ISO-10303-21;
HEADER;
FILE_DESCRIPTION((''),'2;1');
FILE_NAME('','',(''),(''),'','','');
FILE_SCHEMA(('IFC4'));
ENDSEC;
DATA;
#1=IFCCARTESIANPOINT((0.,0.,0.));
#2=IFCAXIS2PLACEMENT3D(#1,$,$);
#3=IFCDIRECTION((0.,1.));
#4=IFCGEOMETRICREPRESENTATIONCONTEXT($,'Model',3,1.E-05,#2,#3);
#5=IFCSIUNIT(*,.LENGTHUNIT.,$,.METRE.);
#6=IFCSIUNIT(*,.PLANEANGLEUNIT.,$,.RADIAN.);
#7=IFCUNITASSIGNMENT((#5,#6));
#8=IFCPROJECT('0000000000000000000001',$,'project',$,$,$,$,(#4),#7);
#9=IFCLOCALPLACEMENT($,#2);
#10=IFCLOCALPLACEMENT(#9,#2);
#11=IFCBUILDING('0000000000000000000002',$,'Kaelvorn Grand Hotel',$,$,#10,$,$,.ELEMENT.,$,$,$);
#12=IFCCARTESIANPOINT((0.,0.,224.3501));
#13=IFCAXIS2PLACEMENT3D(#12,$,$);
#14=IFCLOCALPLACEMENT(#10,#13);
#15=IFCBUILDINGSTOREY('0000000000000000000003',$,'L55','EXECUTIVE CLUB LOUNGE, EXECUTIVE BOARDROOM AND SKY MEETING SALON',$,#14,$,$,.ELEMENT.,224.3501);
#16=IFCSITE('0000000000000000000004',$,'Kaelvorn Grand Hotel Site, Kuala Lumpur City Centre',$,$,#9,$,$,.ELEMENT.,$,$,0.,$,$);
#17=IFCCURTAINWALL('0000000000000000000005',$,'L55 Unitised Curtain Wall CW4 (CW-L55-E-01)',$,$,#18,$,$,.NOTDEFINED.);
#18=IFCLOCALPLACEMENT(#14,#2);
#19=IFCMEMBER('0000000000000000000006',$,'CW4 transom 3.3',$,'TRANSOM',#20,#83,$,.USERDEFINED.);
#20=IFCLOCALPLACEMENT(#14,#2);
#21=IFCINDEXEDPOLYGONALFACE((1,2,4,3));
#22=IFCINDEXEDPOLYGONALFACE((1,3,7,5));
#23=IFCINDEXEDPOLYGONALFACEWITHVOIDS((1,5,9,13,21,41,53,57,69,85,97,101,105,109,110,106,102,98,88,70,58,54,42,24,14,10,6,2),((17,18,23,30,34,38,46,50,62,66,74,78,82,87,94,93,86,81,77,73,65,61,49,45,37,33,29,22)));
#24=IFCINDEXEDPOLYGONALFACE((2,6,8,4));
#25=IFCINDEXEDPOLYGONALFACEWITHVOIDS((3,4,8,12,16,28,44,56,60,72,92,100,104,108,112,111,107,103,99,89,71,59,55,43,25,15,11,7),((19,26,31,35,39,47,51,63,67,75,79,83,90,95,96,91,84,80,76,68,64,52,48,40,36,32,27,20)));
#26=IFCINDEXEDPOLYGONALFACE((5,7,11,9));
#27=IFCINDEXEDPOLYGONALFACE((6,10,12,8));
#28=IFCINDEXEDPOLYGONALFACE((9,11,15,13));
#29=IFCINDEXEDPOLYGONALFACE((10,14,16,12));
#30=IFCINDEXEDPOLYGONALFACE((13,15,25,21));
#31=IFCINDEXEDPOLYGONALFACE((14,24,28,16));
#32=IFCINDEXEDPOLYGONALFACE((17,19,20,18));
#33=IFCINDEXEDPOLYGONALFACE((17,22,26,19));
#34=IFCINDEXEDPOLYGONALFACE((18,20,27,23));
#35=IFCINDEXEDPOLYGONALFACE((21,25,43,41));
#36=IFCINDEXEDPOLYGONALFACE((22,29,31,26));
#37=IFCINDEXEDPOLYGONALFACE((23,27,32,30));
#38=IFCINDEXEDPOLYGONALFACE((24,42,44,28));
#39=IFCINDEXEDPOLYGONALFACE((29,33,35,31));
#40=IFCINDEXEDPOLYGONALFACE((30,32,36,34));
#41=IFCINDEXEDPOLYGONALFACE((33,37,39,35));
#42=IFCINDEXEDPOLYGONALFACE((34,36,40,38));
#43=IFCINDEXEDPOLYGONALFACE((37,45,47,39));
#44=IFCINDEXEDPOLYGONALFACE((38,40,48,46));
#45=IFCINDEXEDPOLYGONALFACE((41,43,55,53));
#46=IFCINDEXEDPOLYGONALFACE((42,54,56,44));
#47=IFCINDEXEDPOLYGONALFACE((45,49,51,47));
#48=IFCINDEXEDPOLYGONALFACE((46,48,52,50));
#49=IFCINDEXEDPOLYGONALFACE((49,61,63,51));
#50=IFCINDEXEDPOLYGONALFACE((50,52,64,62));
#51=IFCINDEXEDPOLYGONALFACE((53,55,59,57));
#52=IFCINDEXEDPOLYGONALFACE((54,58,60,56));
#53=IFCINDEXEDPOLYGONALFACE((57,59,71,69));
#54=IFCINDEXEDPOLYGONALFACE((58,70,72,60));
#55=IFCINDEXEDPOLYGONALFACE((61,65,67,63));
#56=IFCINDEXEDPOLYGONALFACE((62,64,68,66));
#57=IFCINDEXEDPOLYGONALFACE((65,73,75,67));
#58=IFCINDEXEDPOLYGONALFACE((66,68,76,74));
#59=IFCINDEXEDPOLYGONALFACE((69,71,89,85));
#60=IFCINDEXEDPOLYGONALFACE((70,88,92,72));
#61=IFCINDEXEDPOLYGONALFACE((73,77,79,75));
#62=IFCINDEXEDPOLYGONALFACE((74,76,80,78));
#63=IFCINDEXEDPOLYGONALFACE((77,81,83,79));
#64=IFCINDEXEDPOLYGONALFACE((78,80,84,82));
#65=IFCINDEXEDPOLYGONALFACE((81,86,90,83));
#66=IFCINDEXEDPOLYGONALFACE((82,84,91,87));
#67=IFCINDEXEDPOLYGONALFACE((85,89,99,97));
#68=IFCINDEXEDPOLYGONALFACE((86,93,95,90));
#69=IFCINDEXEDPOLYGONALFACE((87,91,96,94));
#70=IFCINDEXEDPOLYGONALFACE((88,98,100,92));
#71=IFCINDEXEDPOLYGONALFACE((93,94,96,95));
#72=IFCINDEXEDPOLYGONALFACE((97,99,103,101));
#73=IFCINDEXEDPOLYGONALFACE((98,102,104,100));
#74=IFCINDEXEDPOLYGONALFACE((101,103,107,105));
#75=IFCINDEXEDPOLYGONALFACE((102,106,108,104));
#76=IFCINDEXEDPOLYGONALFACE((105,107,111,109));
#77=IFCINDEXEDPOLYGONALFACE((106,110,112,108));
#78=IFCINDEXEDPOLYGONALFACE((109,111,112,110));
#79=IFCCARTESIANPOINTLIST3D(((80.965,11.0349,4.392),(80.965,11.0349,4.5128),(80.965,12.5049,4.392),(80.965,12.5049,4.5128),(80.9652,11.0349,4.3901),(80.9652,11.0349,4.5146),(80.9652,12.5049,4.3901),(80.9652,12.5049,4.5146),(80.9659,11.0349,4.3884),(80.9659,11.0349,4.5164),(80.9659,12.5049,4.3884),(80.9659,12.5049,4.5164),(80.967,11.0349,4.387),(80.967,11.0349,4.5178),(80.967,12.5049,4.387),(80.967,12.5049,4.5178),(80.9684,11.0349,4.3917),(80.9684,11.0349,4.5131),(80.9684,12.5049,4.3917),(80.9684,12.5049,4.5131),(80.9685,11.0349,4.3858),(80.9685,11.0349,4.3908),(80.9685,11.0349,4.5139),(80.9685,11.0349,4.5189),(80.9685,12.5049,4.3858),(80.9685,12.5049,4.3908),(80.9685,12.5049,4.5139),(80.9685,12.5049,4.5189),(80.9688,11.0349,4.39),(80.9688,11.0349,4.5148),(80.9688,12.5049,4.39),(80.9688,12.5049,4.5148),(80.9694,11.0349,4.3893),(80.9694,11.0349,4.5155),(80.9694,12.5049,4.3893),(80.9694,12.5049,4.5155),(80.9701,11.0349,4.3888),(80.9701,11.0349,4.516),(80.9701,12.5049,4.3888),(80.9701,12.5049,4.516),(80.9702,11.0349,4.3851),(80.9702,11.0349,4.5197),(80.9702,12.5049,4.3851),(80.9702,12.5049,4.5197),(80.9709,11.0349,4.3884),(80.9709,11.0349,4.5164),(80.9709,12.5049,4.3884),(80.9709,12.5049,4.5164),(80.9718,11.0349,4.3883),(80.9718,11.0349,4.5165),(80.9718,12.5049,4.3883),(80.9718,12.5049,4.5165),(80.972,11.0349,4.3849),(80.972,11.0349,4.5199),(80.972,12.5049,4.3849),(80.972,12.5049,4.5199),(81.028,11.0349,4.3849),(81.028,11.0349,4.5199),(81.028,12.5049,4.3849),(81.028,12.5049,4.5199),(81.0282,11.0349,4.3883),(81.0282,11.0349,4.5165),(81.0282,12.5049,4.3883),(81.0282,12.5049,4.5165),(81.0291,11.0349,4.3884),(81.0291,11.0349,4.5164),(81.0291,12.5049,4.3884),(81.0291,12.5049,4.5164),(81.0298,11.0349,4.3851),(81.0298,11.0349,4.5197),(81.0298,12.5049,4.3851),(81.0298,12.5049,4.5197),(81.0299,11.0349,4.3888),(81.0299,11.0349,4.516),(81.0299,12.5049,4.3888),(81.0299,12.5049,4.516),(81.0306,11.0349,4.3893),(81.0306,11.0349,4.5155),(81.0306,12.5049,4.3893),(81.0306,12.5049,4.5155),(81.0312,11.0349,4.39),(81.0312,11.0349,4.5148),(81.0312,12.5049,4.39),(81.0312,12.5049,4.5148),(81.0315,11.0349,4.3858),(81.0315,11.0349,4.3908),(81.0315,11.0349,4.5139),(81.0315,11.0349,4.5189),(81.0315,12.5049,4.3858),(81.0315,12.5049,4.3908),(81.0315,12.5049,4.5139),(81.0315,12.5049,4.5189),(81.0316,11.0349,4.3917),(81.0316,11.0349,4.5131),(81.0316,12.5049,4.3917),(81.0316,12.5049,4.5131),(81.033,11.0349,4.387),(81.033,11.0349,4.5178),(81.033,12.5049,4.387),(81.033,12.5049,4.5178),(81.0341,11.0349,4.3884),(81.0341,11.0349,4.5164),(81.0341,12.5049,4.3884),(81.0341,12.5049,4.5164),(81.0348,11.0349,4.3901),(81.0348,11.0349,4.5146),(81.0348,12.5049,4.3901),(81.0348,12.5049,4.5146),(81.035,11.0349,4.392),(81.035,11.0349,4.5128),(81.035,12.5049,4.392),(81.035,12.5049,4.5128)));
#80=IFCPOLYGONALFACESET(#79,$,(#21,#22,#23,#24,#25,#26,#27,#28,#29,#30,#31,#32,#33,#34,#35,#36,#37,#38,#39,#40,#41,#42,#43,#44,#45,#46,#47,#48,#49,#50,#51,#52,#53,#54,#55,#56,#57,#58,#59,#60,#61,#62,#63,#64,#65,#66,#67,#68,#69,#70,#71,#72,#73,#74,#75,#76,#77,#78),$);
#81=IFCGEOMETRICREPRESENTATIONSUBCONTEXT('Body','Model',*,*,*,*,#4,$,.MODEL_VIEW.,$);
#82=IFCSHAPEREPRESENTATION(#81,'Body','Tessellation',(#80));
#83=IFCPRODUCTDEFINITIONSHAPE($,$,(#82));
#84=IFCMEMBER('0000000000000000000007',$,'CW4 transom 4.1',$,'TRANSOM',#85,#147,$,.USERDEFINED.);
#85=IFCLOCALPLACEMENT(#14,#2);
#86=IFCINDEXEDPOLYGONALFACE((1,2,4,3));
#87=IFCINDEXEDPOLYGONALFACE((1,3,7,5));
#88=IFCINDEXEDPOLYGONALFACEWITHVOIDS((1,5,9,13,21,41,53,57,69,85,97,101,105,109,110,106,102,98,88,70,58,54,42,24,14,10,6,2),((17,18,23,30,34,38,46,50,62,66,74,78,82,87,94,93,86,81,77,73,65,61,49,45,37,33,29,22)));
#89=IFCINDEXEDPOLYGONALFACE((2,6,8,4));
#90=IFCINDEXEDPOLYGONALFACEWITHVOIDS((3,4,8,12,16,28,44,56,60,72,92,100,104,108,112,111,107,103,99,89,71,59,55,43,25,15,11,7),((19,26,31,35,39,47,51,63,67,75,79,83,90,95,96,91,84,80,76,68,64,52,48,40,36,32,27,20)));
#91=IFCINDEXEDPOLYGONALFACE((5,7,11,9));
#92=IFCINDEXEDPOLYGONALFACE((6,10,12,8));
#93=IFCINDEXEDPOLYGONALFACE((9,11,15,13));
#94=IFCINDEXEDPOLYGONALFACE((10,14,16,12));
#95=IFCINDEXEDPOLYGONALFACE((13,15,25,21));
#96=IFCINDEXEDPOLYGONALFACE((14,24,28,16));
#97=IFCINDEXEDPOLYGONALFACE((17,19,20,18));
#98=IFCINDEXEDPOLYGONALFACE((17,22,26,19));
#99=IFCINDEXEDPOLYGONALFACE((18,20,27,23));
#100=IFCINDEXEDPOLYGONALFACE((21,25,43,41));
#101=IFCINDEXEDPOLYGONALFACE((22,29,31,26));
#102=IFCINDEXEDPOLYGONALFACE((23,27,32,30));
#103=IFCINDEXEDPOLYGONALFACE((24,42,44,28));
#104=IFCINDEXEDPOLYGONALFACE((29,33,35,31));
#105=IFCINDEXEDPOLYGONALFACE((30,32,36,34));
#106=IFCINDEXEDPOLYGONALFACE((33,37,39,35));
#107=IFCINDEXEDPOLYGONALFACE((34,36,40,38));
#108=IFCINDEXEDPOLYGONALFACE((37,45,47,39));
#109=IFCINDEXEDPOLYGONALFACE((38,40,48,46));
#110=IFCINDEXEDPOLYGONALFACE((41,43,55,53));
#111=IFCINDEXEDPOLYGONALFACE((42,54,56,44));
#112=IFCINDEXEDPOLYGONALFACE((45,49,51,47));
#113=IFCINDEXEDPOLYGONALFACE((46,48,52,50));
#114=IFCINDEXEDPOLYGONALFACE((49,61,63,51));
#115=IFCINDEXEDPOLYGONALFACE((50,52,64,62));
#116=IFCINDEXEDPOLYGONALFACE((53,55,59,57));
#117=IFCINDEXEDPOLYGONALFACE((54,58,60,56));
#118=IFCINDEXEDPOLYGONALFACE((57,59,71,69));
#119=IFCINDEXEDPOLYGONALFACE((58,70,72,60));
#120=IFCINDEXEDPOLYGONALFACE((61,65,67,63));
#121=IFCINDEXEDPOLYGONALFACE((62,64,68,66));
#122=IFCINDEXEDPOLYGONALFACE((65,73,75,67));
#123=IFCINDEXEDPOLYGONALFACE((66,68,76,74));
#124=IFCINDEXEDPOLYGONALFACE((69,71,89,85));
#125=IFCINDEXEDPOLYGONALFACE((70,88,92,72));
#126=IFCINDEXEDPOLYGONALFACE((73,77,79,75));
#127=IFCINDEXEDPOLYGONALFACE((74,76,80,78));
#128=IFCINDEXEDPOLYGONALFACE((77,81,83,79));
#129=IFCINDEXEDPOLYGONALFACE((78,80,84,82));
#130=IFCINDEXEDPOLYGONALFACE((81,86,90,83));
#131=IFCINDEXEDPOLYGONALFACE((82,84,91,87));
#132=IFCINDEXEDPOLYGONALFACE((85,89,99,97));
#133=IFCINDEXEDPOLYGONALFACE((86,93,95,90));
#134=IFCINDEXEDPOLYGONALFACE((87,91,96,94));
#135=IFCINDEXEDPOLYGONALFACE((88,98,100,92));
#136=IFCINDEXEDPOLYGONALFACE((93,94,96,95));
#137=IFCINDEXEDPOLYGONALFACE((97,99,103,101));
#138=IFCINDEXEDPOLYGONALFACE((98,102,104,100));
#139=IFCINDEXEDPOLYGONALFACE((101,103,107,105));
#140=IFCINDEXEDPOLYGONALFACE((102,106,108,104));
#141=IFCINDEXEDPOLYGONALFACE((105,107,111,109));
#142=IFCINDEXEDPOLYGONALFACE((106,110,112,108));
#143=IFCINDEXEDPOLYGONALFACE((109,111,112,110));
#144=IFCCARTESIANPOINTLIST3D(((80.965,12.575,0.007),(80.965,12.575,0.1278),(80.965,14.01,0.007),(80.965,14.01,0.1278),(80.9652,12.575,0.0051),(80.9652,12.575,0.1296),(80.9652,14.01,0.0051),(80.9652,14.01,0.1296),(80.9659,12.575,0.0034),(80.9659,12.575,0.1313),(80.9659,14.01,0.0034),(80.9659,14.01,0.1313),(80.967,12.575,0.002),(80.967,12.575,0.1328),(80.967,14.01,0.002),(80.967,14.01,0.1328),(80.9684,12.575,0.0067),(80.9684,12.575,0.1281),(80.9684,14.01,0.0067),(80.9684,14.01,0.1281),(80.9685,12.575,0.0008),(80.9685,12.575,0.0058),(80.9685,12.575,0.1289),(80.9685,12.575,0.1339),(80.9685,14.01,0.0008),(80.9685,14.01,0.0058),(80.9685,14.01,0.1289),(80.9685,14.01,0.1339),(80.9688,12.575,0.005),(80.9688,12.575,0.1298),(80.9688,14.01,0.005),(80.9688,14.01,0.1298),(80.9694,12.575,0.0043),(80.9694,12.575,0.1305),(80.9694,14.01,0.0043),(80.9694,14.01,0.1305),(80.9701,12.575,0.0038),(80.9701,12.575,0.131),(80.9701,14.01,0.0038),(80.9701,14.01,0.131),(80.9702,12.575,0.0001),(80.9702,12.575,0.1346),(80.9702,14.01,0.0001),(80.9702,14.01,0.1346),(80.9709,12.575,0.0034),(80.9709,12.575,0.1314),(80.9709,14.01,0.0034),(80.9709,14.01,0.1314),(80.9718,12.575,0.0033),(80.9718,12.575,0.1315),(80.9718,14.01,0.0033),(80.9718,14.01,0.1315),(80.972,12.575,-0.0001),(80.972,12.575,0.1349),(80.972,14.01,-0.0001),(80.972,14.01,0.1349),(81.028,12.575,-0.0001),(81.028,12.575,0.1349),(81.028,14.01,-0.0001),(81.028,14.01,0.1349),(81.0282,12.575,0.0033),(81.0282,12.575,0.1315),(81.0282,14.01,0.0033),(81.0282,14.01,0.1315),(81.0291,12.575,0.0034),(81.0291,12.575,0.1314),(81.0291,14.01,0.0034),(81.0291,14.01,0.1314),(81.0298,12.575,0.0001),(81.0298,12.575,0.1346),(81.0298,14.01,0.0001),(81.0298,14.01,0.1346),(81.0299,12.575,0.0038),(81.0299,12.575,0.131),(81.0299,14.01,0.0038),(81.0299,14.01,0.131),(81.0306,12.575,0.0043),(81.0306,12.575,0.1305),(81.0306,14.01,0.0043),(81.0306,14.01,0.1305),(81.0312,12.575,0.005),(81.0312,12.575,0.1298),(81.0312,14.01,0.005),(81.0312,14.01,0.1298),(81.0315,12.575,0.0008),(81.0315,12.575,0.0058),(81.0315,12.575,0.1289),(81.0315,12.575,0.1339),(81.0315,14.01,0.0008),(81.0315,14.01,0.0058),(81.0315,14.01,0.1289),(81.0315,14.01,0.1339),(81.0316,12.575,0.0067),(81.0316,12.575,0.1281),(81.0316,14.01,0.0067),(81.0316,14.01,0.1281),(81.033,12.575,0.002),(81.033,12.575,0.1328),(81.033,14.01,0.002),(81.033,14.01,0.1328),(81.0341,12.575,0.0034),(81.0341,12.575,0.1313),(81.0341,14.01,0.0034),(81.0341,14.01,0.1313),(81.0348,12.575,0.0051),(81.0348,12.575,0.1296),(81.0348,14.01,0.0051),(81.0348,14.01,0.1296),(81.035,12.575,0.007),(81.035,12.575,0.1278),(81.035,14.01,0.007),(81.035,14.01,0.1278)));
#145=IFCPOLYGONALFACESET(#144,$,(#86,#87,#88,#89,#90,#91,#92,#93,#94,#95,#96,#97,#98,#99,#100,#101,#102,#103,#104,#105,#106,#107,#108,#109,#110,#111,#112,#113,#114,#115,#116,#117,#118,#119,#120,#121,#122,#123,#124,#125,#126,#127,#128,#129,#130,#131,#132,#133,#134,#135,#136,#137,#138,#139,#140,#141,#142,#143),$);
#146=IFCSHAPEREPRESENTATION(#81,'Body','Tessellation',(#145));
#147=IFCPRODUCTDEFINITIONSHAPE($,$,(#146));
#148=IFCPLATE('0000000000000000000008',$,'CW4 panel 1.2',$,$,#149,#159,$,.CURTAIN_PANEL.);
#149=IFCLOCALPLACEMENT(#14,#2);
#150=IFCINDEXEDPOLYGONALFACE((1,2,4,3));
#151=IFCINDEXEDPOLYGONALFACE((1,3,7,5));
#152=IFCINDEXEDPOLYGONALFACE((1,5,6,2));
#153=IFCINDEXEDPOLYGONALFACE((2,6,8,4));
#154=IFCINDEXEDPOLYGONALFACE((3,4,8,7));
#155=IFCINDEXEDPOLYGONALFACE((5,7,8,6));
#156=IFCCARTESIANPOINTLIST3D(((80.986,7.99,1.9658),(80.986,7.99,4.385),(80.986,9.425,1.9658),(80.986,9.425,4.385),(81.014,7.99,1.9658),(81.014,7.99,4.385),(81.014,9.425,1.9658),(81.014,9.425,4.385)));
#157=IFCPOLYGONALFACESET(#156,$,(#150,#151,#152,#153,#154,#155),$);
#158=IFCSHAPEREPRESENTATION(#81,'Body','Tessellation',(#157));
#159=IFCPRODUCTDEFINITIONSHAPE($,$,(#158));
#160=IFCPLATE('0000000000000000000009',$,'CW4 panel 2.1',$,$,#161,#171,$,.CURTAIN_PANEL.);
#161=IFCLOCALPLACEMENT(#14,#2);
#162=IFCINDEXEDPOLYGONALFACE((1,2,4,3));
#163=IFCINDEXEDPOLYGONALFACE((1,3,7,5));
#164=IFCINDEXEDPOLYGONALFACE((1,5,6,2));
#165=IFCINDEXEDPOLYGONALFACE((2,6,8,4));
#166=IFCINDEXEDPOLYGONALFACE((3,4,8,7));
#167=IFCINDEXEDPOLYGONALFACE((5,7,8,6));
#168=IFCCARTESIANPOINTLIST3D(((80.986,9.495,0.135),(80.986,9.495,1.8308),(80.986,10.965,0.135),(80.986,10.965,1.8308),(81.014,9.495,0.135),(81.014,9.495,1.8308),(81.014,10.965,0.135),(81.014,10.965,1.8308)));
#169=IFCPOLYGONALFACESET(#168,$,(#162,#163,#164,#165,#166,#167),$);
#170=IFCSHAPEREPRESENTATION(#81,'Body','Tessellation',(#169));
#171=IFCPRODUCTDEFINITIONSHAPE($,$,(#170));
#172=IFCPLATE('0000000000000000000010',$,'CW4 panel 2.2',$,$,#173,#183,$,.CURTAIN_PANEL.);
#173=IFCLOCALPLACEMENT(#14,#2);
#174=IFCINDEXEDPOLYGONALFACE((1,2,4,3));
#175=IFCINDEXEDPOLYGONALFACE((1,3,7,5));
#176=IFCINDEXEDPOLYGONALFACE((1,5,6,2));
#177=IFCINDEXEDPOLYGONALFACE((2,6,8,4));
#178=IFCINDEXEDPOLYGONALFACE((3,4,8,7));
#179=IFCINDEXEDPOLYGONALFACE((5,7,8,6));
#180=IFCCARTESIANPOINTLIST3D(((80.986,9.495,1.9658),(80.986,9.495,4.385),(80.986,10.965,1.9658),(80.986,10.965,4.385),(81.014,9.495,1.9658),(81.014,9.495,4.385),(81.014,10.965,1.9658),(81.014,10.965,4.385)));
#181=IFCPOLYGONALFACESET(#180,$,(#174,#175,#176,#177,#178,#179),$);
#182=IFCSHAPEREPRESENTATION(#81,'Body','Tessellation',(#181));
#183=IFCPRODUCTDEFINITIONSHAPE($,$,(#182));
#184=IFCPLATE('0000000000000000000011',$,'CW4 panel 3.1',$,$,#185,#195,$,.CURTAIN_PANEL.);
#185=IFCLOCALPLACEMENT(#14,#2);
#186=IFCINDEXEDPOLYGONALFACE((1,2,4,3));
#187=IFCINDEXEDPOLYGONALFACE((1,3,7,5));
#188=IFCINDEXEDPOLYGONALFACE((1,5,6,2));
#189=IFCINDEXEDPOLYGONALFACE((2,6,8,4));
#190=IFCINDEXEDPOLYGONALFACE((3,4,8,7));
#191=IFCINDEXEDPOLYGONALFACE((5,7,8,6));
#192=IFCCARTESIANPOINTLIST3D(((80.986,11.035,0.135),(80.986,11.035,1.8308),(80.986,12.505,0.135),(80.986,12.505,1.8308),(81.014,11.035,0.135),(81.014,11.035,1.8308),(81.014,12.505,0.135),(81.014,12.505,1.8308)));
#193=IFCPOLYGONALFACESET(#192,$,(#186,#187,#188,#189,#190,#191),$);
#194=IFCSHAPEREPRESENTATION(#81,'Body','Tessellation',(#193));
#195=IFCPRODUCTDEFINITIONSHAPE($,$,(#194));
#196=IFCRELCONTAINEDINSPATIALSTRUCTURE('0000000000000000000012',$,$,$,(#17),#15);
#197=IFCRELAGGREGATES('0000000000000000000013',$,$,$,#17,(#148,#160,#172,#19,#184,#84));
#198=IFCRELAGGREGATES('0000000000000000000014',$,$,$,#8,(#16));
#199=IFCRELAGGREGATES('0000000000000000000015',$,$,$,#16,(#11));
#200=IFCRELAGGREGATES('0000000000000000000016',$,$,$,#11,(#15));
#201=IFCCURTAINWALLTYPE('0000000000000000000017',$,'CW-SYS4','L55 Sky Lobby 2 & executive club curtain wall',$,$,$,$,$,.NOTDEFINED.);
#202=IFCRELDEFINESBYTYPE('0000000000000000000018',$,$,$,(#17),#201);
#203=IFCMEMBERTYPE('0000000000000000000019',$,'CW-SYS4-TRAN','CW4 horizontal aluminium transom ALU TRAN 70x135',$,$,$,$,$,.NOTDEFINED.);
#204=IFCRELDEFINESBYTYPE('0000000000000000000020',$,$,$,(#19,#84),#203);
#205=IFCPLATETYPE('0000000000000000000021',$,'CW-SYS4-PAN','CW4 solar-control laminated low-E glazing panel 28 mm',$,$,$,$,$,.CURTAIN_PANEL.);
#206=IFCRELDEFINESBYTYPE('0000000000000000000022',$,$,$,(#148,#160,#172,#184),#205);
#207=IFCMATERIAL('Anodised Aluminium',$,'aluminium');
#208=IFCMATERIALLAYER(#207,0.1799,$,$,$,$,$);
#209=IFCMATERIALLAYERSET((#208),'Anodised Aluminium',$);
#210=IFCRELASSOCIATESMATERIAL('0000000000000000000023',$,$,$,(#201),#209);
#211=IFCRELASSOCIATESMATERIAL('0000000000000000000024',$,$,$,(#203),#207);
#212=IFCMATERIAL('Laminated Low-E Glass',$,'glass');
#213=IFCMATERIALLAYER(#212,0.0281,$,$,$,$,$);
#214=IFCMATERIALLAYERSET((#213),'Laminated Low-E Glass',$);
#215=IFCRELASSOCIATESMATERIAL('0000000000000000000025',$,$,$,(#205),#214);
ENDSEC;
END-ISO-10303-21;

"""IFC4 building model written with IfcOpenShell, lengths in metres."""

from ifc_helpers import new_model, si_unit, direction, frame, origin, origin_2d, place, context, subcontext, project, spatial, rectangle, hollow_rectangle, extrude, material, layer, layer_set, material_profile, profile_set, type_object, element, aggregate, save


model = new_model("IFC4")

# Units and contexts
model_context = context("Model", 3, precision=1e-05, world=origin(), true_north=direction((0.0, 1.0)))
body_context = subcontext(model_context, "Body", "Model", "MODEL_VIEW")
ifc_project = project(units=[si_unit("LENGTHUNIT", "METRE"), si_unit("PLANEANGLEUNIT", "RADIAN")], contexts=[model_context])

# Site, building, storey
site_placement = place(None, origin())
site = spatial("IfcSite", under=ifc_project, at=site_placement, Name="Kaelvorn Grand Hotel Site, Kuala Lumpur City Centre", CompositionType="ELEMENT", RefElevation=0.0)
building_placement = place(site_placement, origin())
building = spatial("IfcBuilding", under=site, at=building_placement, Name="Kaelvorn Grand Hotel", CompositionType="ELEMENT")
storey_placement = place(building_placement, frame((0.0, 0.0, 224.3501)))
storey = spatial("IfcBuildingStorey", under=building, at=storey_placement, Name="L55", Description="EXECUTIVE CLUB LOUNGE, EXECUTIVE BOARDROOM AND SKY MEETING SALON", CompositionType="ELEMENT", Elevation=224.3501)

# Curtain wall, members, plates
ifc_material_1 = material(Name="Anodised Aluminium", Category="aluminium")
ifc_layer_1 = layer(ifc_material_1, 0.1799)
ifc_layer_set_1 = layer_set([ifc_layer_1], Name="Anodised Aluminium")
curtain_wall_type = type_object("IfcCurtainWallType", Name="CW-SYS4", Description="L55 Sky Lobby 2 & executive club curtain wall", PredefinedType="NOTDEFINED", material=ifc_layer_set_1)
curtain_wall_placement = place(storey_placement, origin())
curtain_wall = element("IfcCurtainWall", 1, at=curtain_wall_placement, inside=storey, type_object=curtain_wall_type, Name="L55 Unitised Curtain Wall CW4 (CW-L55-E-01)", PredefinedType="NOTDEFINED")
ifc_material_profile_1 = material_profile(ifc_material_1, hollow_rectangle(XDim=0.0701, YDim=0.135, WallThickness=0.0034, InnerFilletRadius=0.0034, OuterFilletRadius=0.0071, at=origin_2d()), Name="ALU TRAN 70x135")
ifc_profile_set_1 = profile_set([ifc_material_profile_1], Name="Anodised Aluminium")
member_type_1 = type_object("IfcMemberType", Name="CW-SYS4-TRAN", Description="CW4 horizontal aluminium transom ALU TRAN 70x135", PredefinedType="NOTDEFINED", material=ifc_profile_set_1)
member_1_placement = place(storey_placement, frame((81.0, 11.0349, 4.4524), z_axis=(0.0, 1.0, 0.0), x_axis=(-1.0, 0.0, 0.0)))
member_1 = element("IfcMember", 2, at=member_1_placement, type_object=member_type_1, Name="CW4 transom 3.3", ObjectType="TRANSOM", PredefinedType="USERDEFINED", context=body_context, shape_type="SweptSolid", body=[
    extrude(hollow_rectangle(XDim=0.0701, YDim=0.135, WallThickness=0.0034, InnerFilletRadius=0.0034, OuterFilletRadius=0.0071, at=origin_2d()), origin(), (0.0, 0.0, 1.0), 1.47),
])
member_2_placement = place(storey_placement, frame((81.0, 12.575, 0.0674), z_axis=(0.0, 1.0, 0.0), x_axis=(-1.0, 0.0, 0.0)))
member_2 = element("IfcMember", 3, at=member_2_placement, type_object=member_type_1, Name="CW4 transom 4.1", ObjectType="TRANSOM", PredefinedType="USERDEFINED", context=body_context, shape_type="SweptSolid", body=[
    extrude(hollow_rectangle(XDim=0.0701, YDim=0.135, WallThickness=0.0034, InnerFilletRadius=0.0034, OuterFilletRadius=0.0071, at=origin_2d()), origin(), (0.0, 0.0, 1.0), 1.4351),
])
ifc_material_2 = material(Name="Laminated Low-E Glass", Category="glass")
ifc_layer_2 = layer(ifc_material_2, 0.0281)
ifc_layer_set_2 = layer_set([ifc_layer_2], Name="Laminated Low-E Glass")
plate_type = type_object("IfcPlateType", Name="CW-SYS4-PAN", Description="CW4 solar-control laminated low-E glazing panel 28 mm", PredefinedType="CURTAIN_PANEL", material=ifc_layer_set_2)
plate_1_placement = place(storey_placement, frame((81.0, 8.7075, 1.9658), z_axis=(0.0, 0.0, 1.0), x_axis=(0.0, 1.0, 0.0)))
plate_1 = element("IfcPlate", 4, at=plate_1_placement, type_object=plate_type, Name="CW4 panel 1.2", PredefinedType="CURTAIN_PANEL", context=body_context, shape_type="SweptSolid", body=[
    extrude(rectangle(XDim=1.4351, YDim=0.0281, at=origin_2d()), origin(), (0.0, 0.0, 1.0), 2.4192),
])
plate_2_placement = place(storey_placement, frame((81.0, 10.23, 0.135), z_axis=(0.0, 0.0, 1.0), x_axis=(0.0, 1.0, 0.0)))
plate_2 = element("IfcPlate", 5, at=plate_2_placement, type_object=plate_type, Name="CW4 panel 2.1", PredefinedType="CURTAIN_PANEL", context=body_context, shape_type="SweptSolid", body=[
    extrude(rectangle(XDim=1.47, YDim=0.0281, at=origin_2d()), origin(), (0.0, 0.0, 1.0), 1.6958),
])
plate_3_placement = place(storey_placement, frame((81.0, 10.23, 1.9658), z_axis=(0.0, 0.0, 1.0), x_axis=(0.0, 1.0, 0.0)))
plate_3 = element("IfcPlate", 6, at=plate_3_placement, type_object=plate_type, Name="CW4 panel 2.2", PredefinedType="CURTAIN_PANEL", context=body_context, shape_type="SweptSolid", body=[
    extrude(rectangle(XDim=1.47, YDim=0.0281, at=origin_2d()), origin(), (0.0, 0.0, 1.0), 2.4192),
])
plate_4_placement = place(storey_placement, frame((81.0, 11.77, 0.135), z_axis=(0.0, 0.0, 1.0), x_axis=(0.0, 1.0, 0.0)))
plate_4 = element("IfcPlate", 7, at=plate_4_placement, type_object=plate_type, Name="CW4 panel 3.1", PredefinedType="CURTAIN_PANEL", context=body_context, shape_type="SweptSolid", body=[
    extrude(rectangle(XDim=1.47, YDim=0.0281, at=origin_2d()), origin(), (0.0, 0.0, 1.0), 1.6958),
])
aggregate(curtain_wall, [plate_1, plate_2, plate_3, member_1, plate_4, member_2])

save(model, "model.ifc")
